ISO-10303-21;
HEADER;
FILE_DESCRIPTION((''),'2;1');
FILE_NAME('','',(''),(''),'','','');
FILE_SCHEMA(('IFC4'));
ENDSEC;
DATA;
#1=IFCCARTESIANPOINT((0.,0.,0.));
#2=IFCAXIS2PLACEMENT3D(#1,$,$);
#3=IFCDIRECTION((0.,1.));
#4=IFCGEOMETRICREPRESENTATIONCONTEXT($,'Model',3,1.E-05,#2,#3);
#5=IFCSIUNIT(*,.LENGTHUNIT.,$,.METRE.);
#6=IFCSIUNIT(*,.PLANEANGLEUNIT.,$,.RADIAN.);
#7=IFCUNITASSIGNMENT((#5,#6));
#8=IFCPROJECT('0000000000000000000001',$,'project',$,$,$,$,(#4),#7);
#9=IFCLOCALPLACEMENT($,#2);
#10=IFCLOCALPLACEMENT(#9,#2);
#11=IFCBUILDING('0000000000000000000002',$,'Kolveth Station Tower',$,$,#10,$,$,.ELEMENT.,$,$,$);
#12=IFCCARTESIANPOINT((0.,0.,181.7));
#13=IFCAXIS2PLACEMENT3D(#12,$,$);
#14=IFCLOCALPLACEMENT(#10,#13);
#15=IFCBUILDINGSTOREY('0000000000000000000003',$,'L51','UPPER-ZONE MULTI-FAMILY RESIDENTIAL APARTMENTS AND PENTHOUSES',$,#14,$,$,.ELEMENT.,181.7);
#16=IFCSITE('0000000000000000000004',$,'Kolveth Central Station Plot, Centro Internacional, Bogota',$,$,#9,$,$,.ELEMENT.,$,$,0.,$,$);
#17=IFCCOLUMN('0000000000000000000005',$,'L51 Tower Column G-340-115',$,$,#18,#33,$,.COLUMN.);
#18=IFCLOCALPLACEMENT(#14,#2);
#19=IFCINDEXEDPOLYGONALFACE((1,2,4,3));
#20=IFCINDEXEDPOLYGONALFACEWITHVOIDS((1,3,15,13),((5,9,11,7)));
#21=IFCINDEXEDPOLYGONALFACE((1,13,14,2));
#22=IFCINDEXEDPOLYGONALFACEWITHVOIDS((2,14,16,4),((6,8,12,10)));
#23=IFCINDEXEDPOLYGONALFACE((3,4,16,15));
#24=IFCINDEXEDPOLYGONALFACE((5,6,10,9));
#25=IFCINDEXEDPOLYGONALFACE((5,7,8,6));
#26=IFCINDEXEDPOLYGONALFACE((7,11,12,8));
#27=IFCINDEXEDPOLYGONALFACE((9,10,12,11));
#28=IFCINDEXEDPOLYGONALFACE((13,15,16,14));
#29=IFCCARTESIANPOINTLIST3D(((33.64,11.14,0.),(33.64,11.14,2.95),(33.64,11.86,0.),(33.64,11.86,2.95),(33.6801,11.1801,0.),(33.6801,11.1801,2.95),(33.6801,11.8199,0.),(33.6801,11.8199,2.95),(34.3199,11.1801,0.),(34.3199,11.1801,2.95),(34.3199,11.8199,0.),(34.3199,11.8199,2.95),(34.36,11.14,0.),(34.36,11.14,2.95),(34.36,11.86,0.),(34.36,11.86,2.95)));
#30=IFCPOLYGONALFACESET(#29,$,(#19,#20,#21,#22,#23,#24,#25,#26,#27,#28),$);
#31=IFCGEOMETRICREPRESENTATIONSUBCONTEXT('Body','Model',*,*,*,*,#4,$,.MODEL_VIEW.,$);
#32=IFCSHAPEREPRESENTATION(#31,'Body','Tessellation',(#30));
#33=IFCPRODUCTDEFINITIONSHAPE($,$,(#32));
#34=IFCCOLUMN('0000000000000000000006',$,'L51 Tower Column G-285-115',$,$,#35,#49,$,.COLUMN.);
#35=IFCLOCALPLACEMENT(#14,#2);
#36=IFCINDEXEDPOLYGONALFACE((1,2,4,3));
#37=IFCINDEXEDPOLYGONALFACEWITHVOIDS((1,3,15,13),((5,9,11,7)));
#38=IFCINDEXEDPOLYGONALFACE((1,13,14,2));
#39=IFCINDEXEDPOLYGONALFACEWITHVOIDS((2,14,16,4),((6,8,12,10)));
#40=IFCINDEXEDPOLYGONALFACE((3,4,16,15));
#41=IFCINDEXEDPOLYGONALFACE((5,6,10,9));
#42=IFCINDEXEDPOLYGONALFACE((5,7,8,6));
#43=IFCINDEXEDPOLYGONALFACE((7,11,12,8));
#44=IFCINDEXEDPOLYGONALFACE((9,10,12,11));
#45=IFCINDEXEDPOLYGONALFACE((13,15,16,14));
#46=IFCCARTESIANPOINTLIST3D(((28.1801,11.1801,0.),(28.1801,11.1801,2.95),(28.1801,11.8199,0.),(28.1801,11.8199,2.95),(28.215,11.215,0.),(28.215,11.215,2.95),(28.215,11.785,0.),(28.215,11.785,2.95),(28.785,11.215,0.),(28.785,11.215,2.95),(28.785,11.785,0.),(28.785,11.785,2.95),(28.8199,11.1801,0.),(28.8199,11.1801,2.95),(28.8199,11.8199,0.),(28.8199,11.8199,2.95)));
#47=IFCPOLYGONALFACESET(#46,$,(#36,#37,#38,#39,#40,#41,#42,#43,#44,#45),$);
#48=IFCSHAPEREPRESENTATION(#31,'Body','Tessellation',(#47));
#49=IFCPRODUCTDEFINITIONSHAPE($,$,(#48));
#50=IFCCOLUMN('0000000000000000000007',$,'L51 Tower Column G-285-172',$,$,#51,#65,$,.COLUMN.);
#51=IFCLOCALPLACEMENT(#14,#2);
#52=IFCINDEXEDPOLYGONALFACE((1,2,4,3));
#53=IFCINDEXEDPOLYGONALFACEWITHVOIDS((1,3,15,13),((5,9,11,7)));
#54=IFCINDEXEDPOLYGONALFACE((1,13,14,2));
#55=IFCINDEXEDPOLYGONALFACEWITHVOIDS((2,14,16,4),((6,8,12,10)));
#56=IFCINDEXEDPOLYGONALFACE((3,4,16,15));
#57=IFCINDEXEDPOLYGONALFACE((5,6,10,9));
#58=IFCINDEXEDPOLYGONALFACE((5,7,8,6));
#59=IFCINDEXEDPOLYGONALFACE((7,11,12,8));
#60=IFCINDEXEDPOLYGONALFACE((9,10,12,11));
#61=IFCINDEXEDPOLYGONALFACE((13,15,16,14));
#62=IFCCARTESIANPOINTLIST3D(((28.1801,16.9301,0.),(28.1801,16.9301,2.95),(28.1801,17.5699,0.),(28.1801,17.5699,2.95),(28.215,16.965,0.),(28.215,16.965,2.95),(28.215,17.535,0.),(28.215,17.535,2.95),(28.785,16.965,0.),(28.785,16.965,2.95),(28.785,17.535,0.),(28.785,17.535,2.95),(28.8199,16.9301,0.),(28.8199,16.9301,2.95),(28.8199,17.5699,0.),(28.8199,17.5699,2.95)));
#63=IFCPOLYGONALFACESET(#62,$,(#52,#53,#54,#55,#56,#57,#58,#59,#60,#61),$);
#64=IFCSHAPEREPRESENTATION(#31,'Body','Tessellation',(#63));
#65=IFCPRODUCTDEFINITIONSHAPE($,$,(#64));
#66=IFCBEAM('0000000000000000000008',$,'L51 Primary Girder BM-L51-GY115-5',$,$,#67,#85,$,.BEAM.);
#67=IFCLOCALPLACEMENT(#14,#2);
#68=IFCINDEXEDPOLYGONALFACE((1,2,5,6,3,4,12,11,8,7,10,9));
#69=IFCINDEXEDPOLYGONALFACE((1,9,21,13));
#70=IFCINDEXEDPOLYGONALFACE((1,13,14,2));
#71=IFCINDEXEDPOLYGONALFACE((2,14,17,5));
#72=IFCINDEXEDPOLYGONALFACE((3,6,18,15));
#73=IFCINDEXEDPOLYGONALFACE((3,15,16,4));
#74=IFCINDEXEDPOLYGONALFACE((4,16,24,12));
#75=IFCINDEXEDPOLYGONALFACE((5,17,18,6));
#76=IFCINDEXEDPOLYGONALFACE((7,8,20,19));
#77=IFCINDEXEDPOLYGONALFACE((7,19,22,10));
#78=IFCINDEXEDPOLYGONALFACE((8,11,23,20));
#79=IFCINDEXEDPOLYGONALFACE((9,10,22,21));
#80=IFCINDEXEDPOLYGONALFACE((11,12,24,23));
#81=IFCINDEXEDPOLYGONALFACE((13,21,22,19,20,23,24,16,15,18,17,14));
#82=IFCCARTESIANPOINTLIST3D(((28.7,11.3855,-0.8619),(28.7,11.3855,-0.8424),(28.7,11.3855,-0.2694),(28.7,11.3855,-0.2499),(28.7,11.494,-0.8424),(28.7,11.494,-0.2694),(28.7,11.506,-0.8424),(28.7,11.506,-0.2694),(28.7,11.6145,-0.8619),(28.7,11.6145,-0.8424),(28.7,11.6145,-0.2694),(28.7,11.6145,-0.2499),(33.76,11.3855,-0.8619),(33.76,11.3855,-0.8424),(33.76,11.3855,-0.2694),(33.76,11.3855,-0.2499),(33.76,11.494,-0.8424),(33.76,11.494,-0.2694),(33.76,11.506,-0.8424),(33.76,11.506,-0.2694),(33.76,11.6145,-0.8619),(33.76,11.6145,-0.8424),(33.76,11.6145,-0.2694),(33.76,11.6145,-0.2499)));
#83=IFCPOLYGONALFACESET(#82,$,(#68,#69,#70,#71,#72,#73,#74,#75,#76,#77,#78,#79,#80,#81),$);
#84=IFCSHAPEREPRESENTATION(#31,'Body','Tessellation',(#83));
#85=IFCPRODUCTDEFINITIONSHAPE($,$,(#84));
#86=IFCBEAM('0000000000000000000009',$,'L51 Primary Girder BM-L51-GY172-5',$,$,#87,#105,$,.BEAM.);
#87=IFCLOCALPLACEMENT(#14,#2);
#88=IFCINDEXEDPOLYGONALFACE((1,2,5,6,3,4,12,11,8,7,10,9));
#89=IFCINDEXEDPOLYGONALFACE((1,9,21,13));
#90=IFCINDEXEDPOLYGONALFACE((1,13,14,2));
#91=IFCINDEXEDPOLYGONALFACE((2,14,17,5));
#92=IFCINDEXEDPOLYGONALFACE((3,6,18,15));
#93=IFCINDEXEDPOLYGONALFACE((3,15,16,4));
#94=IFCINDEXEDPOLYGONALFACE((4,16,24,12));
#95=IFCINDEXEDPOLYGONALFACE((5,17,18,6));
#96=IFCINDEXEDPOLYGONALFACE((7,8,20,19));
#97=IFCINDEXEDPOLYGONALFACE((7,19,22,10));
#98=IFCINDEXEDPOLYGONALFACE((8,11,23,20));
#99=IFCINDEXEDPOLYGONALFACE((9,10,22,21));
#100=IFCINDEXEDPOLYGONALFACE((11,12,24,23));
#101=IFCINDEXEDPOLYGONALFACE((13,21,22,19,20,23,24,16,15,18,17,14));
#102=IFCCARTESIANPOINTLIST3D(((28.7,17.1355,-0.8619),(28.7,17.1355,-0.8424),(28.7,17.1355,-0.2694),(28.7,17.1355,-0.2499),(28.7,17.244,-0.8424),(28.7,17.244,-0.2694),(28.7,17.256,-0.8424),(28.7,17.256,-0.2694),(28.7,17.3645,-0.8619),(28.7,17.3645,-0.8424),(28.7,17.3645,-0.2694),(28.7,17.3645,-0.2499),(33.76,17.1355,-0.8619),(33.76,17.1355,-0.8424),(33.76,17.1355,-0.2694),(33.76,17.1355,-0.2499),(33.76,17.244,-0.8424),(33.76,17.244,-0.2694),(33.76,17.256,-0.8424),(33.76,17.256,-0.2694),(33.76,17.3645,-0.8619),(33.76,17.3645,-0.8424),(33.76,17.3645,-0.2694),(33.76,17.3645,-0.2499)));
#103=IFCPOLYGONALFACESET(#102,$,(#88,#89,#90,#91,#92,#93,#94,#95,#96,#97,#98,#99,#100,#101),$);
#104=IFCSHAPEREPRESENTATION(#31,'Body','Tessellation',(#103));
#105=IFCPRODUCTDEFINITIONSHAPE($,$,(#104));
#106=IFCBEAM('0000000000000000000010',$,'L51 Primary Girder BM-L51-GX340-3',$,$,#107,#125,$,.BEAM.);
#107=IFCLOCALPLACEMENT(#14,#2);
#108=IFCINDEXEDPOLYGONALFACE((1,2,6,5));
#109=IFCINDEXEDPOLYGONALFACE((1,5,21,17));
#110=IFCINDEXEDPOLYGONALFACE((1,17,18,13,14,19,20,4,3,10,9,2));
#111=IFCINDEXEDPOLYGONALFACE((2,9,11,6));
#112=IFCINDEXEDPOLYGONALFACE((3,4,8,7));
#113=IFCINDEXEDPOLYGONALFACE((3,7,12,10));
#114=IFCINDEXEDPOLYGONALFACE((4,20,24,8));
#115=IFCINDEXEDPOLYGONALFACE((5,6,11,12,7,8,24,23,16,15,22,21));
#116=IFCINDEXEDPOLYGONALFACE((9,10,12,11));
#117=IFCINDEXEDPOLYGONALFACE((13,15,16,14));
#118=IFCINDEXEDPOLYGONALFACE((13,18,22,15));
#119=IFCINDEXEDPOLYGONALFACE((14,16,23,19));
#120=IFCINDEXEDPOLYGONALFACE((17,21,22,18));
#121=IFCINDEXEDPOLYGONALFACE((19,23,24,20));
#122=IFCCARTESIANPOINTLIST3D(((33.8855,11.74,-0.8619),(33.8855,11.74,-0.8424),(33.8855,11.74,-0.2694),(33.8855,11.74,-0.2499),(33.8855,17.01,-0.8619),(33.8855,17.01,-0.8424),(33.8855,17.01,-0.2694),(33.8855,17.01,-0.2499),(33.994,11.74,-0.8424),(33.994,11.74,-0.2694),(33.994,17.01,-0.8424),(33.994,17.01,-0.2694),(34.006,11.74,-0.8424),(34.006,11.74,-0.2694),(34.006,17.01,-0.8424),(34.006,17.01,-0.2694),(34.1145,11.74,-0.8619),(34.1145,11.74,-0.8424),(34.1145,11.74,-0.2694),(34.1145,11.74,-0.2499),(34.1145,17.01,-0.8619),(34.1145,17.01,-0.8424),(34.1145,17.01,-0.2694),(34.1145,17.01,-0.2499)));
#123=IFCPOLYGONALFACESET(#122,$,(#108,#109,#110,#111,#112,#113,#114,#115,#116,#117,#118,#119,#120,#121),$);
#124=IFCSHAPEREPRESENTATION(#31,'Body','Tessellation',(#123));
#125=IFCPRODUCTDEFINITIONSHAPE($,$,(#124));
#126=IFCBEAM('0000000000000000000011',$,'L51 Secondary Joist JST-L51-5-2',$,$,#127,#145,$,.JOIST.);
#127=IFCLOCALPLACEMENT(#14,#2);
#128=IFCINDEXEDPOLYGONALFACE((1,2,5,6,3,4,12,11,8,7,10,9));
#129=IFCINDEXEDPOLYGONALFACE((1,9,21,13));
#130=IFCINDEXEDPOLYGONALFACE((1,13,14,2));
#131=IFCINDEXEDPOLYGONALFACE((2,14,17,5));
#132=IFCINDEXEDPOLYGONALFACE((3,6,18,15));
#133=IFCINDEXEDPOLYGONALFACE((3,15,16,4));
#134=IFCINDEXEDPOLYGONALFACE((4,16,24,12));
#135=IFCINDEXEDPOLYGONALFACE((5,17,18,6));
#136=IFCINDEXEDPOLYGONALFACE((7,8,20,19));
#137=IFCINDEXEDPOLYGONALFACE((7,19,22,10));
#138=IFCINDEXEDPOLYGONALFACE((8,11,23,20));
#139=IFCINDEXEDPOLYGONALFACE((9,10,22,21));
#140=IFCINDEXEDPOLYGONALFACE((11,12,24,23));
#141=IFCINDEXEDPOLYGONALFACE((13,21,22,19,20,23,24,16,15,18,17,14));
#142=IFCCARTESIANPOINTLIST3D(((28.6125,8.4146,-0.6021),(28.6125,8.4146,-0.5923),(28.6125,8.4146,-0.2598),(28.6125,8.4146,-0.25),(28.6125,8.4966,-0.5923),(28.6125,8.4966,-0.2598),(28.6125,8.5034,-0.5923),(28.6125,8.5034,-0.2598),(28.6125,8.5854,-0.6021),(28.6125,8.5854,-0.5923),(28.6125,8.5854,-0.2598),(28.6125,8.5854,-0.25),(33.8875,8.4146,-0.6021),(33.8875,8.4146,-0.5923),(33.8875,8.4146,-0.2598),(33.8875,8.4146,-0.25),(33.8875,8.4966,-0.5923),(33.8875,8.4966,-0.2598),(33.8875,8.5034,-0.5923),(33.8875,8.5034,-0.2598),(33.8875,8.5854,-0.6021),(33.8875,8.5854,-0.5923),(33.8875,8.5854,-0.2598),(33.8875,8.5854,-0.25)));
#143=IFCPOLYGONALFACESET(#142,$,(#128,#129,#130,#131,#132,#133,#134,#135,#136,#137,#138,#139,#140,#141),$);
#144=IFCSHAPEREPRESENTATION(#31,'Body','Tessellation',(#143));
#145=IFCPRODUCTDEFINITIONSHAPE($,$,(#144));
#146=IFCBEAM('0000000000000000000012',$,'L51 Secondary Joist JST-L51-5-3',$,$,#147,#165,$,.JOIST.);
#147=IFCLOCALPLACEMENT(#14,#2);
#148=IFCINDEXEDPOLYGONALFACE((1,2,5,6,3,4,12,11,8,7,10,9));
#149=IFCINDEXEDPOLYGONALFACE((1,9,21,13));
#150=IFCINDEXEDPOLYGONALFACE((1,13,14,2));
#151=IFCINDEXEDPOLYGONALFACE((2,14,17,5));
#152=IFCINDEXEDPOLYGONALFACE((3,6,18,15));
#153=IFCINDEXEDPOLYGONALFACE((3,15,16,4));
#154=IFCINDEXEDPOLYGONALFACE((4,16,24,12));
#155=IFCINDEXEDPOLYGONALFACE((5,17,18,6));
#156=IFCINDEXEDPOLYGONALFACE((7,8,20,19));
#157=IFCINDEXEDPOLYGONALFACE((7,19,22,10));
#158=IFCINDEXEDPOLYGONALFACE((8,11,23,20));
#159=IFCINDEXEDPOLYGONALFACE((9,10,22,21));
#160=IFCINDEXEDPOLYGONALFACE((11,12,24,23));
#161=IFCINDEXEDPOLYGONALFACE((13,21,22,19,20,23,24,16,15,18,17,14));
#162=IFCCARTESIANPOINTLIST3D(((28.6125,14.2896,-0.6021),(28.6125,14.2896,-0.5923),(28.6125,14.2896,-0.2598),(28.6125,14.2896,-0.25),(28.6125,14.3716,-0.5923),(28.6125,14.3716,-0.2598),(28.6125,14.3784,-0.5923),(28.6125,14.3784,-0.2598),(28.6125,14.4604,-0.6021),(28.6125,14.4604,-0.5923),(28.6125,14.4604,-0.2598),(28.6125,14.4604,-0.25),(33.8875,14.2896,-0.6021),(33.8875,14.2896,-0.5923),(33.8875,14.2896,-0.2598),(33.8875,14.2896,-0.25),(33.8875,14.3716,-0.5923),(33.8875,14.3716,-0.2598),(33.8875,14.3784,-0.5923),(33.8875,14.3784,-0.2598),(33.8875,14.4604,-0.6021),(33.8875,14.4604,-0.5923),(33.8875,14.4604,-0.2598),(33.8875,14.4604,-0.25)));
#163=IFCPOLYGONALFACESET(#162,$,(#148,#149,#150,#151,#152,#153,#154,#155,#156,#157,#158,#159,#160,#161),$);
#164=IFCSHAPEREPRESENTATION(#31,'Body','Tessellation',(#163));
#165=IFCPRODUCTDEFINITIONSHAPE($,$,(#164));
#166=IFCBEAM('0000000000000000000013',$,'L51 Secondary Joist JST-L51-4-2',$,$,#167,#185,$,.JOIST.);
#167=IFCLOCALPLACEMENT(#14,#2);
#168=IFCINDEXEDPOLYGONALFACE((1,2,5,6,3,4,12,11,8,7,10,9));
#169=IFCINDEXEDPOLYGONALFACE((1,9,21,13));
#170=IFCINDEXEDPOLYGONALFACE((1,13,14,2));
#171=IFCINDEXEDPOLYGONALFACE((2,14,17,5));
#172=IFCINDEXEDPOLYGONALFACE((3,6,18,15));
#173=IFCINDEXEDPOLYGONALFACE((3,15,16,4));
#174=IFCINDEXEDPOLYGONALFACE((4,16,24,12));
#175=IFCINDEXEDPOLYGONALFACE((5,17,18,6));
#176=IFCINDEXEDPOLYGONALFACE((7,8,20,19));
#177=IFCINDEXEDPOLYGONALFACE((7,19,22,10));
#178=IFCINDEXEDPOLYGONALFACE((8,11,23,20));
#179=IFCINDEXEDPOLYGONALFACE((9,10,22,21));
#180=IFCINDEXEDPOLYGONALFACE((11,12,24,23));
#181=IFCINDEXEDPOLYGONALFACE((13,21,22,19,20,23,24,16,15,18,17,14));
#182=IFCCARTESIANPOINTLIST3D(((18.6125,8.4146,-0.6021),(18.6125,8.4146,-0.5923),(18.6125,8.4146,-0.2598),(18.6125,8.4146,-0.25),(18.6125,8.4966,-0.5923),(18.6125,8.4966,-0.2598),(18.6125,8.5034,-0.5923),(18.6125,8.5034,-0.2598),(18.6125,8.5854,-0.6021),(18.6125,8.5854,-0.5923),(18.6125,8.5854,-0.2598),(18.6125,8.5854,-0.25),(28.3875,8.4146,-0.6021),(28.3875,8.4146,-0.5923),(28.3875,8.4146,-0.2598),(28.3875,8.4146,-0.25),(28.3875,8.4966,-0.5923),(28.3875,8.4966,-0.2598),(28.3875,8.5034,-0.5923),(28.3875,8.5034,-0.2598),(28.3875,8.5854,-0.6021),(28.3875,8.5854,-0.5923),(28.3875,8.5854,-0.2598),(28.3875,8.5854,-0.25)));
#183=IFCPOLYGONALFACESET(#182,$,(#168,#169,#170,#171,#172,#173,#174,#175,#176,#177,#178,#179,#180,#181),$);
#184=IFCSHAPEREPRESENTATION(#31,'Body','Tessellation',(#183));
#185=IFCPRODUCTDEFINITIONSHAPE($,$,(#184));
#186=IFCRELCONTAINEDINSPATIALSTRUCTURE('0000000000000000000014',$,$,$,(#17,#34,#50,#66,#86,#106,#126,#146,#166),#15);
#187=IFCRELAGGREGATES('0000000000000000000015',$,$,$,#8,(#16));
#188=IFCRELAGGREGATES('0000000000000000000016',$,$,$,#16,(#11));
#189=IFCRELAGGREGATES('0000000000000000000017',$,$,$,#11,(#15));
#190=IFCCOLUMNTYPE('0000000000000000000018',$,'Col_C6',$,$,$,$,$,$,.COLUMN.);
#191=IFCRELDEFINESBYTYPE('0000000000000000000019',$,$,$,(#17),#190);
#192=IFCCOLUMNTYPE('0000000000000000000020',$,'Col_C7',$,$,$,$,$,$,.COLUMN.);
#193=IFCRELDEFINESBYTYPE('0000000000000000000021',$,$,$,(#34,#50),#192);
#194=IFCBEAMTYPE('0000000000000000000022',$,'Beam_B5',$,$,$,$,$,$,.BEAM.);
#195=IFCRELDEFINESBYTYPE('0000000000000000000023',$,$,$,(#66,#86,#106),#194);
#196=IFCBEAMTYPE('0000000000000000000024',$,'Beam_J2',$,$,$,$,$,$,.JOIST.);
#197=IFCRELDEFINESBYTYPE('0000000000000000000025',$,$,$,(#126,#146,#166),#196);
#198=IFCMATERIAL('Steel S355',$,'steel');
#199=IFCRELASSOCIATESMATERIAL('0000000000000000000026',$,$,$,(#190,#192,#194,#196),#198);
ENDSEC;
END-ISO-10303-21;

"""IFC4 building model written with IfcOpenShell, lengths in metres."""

from ifc_helpers import new_model, si_unit, direction, frame, origin, origin_2d, place, context, subcontext, project, spatial, hollow_rectangle, i_section, extrude, source, transform, mapped, material, material_profile, profile_set, type_object, element, save


model = new_model("IFC4")

# Units and contexts
model_context = context("Model", 3, precision=1e-05, world=origin(), true_north=direction((0.0, 1.0)))
body_context = subcontext(model_context, "Body", "Model", "MODEL_VIEW")
ifc_project = project(units=[si_unit("LENGTHUNIT", "METRE"), si_unit("PLANEANGLEUNIT", "RADIAN")], contexts=[model_context])

# Site, building, storey
site_placement = place(None, origin())
site = spatial("IfcSite", under=ifc_project, at=site_placement, Name="Kolveth Central Station Plot, Centro Internacional, Bogota", CompositionType="ELEMENT", RefElevation=0.0)
building_placement = place(site_placement, origin())
building = spatial("IfcBuilding", under=site, at=building_placement, Name="Kolveth Station Tower", CompositionType="ELEMENT")
storey_placement = place(building_placement, frame((0.0, 0.0, 181.7)))
storey = spatial("IfcBuildingStorey", under=building, at=storey_placement, Name="L51", Description="UPPER-ZONE MULTI-FAMILY RESIDENTIAL APARTMENTS AND PENTHOUSES", CompositionType="ELEMENT", Elevation=181.7)

# Columns
ifc_material_1 = material(Name="Steel S355", Category="steel")
ifc_material_profile_1 = material_profile(ifc_material_1, hollow_rectangle(XDim=0.72, YDim=0.72, WallThickness=0.04, at=origin_2d()), Name="BOX720x720x40")
ifc_profile_set_1 = profile_set([ifc_material_profile_1], Name="Steel S355")
column_type_1 = type_object("IfcColumnType", Name="Col_C6", PredefinedType="COLUMN", material=ifc_profile_set_1)
shared_shape_1 = source(origin(), body_context, "Body", "SweptSolid", [
    extrude(hollow_rectangle(XDim=0.72, YDim=0.72, WallThickness=0.04, at=origin_2d()), origin(), (0.0, 0.0, 1.0), 2.95),
])
column_placement = place(storey_placement, frame((34.0, 11.5, 0.0), z_axis=(0.0, 0.0, 1.0), x_axis=(1.0, 0.0, 0.0)))
element("IfcColumn", 1, at=column_placement, inside=storey, type_object=column_type_1, Name="L51 Tower Column G-340-115", PredefinedType="COLUMN", context=body_context, shape_type="MappedRepresentation", body=[
    mapped(shared_shape_1, transform((0.0, 0.0, 0.0), x_axis=(1.0, 0.0, 0.0), y_axis=(0.0, 1.0, 0.0), z_axis=(0.0, 0.0, 1.0), scale=1.0)),
])
ifc_material_profile_2 = material_profile(ifc_material_1, hollow_rectangle(XDim=0.6399, YDim=0.6399, WallThickness=0.0349, at=origin_2d()), Name="BOX640x640x35")
ifc_profile_set_2 = profile_set([ifc_material_profile_2], Name="Steel S355")
column_type_2 = type_object("IfcColumnType", Name="Col_C7", PredefinedType="COLUMN", material=ifc_profile_set_2)
shared_shape_2 = source(origin(), body_context, "Body", "SweptSolid", [
    extrude(hollow_rectangle(XDim=0.6399, YDim=0.6399, WallThickness=0.0349, at=origin_2d()), origin(), (0.0, 0.0, 1.0), 2.95),
])
for number, where, z_axis, x_axis, name in (
    (2, (28.5, 11.5, 0.0), (0.0, 0.0, 1.0), (1.0, 0.0, 0.0), "L51 Tower Column G-285-115"),
    (3, (28.5, 17.25, 0.0), (0.0, 0.0, 1.0), (1.0, 0.0, 0.0), "L51 Tower Column G-285-172"),
):
    element("IfcColumn", number, at=place(storey_placement, frame(where, z_axis=z_axis, x_axis=x_axis)), inside=storey, type_object=column_type_2, Name=name, PredefinedType="COLUMN", context=body_context, shape_type="MappedRepresentation", body=[
        mapped(shared_shape_2, transform((0.0, 0.0, 0.0), x_axis=(1.0, 0.0, 0.0), y_axis=(0.0, 1.0, 0.0), z_axis=(0.0, 0.0, 1.0), scale=1.0)),
    ])

# Beams
ifc_material_profile_3 = material_profile(ifc_material_1, i_section(OverallWidth=0.229, OverallDepth=0.6121, WebThickness=0.012, FlangeThickness=0.0195, at=origin_2d()), Name="W610x125")
ifc_profile_set_3 = profile_set([ifc_material_profile_3], Name="Steel S355")
beam_type_1 = type_object("IfcBeamType", Name="Beam_B5", PredefinedType="BEAM", material=ifc_profile_set_3)
shared_shape_3 = source(origin(), body_context, "Body", "SweptSolid", [
    extrude(i_section(OverallWidth=0.229, OverallDepth=0.6121, WebThickness=0.012, FlangeThickness=0.0195, at=origin_2d()), origin(), (0.0, 0.0, 1.0), 5.0601),
])
for number, where, z_axis, x_axis, name in (
    (4, (28.7, 11.5, -0.5559), (1.0, 0.0, 0.0), (0.0, 1.0, 0.0), "L51 Primary Girder BM-L51-GY115-5"),
    (5, (28.7, 17.25, -0.5559), (1.0, 0.0, 0.0), (0.0, 1.0, 0.0), "L51 Primary Girder BM-L51-GY172-5"),
):
    element("IfcBeam", number, at=place(storey_placement, frame(where, z_axis=z_axis, x_axis=x_axis)), inside=storey, type_object=beam_type_1, Name=name, PredefinedType="BEAM", context=body_context, shape_type="MappedRepresentation", body=[
        mapped(shared_shape_3, transform((0.0, 0.0, 0.0), x_axis=(1.0, 0.0, 0.0), y_axis=(0.0, 1.0, 0.0), z_axis=(0.0, 0.0, 1.0), scale=1.0)),
    ])
shared_shape_4 = source(origin(), body_context, "Body", "SweptSolid", [
    extrude(i_section(OverallWidth=0.229, OverallDepth=0.6121, WebThickness=0.012, FlangeThickness=0.0195, at=origin_2d()), origin(), (0.0, 0.0, 1.0), 5.27),
])
beam_1_placement = place(storey_placement, frame((34.0, 11.74, -0.5559), z_axis=(0.0, 1.0, 0.0), x_axis=(-1.0, 0.0, 0.0)))
element("IfcBeam", 6, at=beam_1_placement, inside=storey, type_object=beam_type_1, Name="L51 Primary Girder BM-L51-GX340-3", PredefinedType="BEAM", context=body_context, shape_type="MappedRepresentation", body=[
    mapped(shared_shape_4, transform((0.0, 0.0, 0.0), x_axis=(1.0, 0.0, 0.0), y_axis=(0.0, 1.0, 0.0), z_axis=(0.0, 0.0, 1.0), scale=1.0)),
])
ifc_material_profile_4 = material_profile(ifc_material_1, i_section(OverallWidth=0.1709, OverallDepth=0.3521, WebThickness=0.0068, FlangeThickness=0.0098, at=origin_2d()), Name="W360x44")
ifc_profile_set_4 = profile_set([ifc_material_profile_4], Name="Steel S355")
beam_type_2 = type_object("IfcBeamType", Name="Beam_J2", PredefinedType="JOIST", material=ifc_profile_set_4)
shared_shape_5 = source(origin(), body_context, "Body", "SweptSolid", [
    extrude(i_section(OverallWidth=0.1709, OverallDepth=0.3521, WebThickness=0.0068, FlangeThickness=0.0098, at=origin_2d()), origin(), (0.0, 0.0, 1.0), 5.2749),
])
for number, where, z_axis, x_axis, name in (
    (7, (28.6125, 8.5, -0.426), (1.0, 0.0, 0.0), (0.0, 1.0, 0.0), "L51 Secondary Joist JST-L51-5-2"),
    (8, (28.6125, 14.375, -0.426), (1.0, 0.0, 0.0), (0.0, 1.0, 0.0), "L51 Secondary Joist JST-L51-5-3"),
):
    element("IfcBeam", number, at=place(storey_placement, frame(where, z_axis=z_axis, x_axis=x_axis)), inside=storey, type_object=beam_type_2, Name=name, PredefinedType="JOIST", context=body_context, shape_type="MappedRepresentation", body=[
        mapped(shared_shape_5, transform((0.0, 0.0, 0.0), x_axis=(1.0, 0.0, 0.0), y_axis=(0.0, 1.0, 0.0), z_axis=(0.0, 0.0, 1.0), scale=1.0)),
    ])
shared_shape_6 = source(origin(), body_context, "Body", "SweptSolid", [
    extrude(i_section(OverallWidth=0.1709, OverallDepth=0.3521, WebThickness=0.0068, FlangeThickness=0.0098, at=origin_2d()), origin(), (0.0, 0.0, 1.0), 9.7749),
])
beam_2_placement = place(storey_placement, frame((18.6125, 8.5, -0.426), z_axis=(1.0, 0.0, 0.0), x_axis=(0.0, 1.0, 0.0)))
element("IfcBeam", 9, at=beam_2_placement, inside=storey, type_object=beam_type_2, Name="L51 Secondary Joist JST-L51-4-2", PredefinedType="JOIST", context=body_context, shape_type="MappedRepresentation", body=[
    mapped(shared_shape_6, transform((0.0, 0.0, 0.0), x_axis=(1.0, 0.0, 0.0), y_axis=(0.0, 1.0, 0.0), z_axis=(0.0, 0.0, 1.0), scale=1.0)),
])

save(model, "model.ifc")
